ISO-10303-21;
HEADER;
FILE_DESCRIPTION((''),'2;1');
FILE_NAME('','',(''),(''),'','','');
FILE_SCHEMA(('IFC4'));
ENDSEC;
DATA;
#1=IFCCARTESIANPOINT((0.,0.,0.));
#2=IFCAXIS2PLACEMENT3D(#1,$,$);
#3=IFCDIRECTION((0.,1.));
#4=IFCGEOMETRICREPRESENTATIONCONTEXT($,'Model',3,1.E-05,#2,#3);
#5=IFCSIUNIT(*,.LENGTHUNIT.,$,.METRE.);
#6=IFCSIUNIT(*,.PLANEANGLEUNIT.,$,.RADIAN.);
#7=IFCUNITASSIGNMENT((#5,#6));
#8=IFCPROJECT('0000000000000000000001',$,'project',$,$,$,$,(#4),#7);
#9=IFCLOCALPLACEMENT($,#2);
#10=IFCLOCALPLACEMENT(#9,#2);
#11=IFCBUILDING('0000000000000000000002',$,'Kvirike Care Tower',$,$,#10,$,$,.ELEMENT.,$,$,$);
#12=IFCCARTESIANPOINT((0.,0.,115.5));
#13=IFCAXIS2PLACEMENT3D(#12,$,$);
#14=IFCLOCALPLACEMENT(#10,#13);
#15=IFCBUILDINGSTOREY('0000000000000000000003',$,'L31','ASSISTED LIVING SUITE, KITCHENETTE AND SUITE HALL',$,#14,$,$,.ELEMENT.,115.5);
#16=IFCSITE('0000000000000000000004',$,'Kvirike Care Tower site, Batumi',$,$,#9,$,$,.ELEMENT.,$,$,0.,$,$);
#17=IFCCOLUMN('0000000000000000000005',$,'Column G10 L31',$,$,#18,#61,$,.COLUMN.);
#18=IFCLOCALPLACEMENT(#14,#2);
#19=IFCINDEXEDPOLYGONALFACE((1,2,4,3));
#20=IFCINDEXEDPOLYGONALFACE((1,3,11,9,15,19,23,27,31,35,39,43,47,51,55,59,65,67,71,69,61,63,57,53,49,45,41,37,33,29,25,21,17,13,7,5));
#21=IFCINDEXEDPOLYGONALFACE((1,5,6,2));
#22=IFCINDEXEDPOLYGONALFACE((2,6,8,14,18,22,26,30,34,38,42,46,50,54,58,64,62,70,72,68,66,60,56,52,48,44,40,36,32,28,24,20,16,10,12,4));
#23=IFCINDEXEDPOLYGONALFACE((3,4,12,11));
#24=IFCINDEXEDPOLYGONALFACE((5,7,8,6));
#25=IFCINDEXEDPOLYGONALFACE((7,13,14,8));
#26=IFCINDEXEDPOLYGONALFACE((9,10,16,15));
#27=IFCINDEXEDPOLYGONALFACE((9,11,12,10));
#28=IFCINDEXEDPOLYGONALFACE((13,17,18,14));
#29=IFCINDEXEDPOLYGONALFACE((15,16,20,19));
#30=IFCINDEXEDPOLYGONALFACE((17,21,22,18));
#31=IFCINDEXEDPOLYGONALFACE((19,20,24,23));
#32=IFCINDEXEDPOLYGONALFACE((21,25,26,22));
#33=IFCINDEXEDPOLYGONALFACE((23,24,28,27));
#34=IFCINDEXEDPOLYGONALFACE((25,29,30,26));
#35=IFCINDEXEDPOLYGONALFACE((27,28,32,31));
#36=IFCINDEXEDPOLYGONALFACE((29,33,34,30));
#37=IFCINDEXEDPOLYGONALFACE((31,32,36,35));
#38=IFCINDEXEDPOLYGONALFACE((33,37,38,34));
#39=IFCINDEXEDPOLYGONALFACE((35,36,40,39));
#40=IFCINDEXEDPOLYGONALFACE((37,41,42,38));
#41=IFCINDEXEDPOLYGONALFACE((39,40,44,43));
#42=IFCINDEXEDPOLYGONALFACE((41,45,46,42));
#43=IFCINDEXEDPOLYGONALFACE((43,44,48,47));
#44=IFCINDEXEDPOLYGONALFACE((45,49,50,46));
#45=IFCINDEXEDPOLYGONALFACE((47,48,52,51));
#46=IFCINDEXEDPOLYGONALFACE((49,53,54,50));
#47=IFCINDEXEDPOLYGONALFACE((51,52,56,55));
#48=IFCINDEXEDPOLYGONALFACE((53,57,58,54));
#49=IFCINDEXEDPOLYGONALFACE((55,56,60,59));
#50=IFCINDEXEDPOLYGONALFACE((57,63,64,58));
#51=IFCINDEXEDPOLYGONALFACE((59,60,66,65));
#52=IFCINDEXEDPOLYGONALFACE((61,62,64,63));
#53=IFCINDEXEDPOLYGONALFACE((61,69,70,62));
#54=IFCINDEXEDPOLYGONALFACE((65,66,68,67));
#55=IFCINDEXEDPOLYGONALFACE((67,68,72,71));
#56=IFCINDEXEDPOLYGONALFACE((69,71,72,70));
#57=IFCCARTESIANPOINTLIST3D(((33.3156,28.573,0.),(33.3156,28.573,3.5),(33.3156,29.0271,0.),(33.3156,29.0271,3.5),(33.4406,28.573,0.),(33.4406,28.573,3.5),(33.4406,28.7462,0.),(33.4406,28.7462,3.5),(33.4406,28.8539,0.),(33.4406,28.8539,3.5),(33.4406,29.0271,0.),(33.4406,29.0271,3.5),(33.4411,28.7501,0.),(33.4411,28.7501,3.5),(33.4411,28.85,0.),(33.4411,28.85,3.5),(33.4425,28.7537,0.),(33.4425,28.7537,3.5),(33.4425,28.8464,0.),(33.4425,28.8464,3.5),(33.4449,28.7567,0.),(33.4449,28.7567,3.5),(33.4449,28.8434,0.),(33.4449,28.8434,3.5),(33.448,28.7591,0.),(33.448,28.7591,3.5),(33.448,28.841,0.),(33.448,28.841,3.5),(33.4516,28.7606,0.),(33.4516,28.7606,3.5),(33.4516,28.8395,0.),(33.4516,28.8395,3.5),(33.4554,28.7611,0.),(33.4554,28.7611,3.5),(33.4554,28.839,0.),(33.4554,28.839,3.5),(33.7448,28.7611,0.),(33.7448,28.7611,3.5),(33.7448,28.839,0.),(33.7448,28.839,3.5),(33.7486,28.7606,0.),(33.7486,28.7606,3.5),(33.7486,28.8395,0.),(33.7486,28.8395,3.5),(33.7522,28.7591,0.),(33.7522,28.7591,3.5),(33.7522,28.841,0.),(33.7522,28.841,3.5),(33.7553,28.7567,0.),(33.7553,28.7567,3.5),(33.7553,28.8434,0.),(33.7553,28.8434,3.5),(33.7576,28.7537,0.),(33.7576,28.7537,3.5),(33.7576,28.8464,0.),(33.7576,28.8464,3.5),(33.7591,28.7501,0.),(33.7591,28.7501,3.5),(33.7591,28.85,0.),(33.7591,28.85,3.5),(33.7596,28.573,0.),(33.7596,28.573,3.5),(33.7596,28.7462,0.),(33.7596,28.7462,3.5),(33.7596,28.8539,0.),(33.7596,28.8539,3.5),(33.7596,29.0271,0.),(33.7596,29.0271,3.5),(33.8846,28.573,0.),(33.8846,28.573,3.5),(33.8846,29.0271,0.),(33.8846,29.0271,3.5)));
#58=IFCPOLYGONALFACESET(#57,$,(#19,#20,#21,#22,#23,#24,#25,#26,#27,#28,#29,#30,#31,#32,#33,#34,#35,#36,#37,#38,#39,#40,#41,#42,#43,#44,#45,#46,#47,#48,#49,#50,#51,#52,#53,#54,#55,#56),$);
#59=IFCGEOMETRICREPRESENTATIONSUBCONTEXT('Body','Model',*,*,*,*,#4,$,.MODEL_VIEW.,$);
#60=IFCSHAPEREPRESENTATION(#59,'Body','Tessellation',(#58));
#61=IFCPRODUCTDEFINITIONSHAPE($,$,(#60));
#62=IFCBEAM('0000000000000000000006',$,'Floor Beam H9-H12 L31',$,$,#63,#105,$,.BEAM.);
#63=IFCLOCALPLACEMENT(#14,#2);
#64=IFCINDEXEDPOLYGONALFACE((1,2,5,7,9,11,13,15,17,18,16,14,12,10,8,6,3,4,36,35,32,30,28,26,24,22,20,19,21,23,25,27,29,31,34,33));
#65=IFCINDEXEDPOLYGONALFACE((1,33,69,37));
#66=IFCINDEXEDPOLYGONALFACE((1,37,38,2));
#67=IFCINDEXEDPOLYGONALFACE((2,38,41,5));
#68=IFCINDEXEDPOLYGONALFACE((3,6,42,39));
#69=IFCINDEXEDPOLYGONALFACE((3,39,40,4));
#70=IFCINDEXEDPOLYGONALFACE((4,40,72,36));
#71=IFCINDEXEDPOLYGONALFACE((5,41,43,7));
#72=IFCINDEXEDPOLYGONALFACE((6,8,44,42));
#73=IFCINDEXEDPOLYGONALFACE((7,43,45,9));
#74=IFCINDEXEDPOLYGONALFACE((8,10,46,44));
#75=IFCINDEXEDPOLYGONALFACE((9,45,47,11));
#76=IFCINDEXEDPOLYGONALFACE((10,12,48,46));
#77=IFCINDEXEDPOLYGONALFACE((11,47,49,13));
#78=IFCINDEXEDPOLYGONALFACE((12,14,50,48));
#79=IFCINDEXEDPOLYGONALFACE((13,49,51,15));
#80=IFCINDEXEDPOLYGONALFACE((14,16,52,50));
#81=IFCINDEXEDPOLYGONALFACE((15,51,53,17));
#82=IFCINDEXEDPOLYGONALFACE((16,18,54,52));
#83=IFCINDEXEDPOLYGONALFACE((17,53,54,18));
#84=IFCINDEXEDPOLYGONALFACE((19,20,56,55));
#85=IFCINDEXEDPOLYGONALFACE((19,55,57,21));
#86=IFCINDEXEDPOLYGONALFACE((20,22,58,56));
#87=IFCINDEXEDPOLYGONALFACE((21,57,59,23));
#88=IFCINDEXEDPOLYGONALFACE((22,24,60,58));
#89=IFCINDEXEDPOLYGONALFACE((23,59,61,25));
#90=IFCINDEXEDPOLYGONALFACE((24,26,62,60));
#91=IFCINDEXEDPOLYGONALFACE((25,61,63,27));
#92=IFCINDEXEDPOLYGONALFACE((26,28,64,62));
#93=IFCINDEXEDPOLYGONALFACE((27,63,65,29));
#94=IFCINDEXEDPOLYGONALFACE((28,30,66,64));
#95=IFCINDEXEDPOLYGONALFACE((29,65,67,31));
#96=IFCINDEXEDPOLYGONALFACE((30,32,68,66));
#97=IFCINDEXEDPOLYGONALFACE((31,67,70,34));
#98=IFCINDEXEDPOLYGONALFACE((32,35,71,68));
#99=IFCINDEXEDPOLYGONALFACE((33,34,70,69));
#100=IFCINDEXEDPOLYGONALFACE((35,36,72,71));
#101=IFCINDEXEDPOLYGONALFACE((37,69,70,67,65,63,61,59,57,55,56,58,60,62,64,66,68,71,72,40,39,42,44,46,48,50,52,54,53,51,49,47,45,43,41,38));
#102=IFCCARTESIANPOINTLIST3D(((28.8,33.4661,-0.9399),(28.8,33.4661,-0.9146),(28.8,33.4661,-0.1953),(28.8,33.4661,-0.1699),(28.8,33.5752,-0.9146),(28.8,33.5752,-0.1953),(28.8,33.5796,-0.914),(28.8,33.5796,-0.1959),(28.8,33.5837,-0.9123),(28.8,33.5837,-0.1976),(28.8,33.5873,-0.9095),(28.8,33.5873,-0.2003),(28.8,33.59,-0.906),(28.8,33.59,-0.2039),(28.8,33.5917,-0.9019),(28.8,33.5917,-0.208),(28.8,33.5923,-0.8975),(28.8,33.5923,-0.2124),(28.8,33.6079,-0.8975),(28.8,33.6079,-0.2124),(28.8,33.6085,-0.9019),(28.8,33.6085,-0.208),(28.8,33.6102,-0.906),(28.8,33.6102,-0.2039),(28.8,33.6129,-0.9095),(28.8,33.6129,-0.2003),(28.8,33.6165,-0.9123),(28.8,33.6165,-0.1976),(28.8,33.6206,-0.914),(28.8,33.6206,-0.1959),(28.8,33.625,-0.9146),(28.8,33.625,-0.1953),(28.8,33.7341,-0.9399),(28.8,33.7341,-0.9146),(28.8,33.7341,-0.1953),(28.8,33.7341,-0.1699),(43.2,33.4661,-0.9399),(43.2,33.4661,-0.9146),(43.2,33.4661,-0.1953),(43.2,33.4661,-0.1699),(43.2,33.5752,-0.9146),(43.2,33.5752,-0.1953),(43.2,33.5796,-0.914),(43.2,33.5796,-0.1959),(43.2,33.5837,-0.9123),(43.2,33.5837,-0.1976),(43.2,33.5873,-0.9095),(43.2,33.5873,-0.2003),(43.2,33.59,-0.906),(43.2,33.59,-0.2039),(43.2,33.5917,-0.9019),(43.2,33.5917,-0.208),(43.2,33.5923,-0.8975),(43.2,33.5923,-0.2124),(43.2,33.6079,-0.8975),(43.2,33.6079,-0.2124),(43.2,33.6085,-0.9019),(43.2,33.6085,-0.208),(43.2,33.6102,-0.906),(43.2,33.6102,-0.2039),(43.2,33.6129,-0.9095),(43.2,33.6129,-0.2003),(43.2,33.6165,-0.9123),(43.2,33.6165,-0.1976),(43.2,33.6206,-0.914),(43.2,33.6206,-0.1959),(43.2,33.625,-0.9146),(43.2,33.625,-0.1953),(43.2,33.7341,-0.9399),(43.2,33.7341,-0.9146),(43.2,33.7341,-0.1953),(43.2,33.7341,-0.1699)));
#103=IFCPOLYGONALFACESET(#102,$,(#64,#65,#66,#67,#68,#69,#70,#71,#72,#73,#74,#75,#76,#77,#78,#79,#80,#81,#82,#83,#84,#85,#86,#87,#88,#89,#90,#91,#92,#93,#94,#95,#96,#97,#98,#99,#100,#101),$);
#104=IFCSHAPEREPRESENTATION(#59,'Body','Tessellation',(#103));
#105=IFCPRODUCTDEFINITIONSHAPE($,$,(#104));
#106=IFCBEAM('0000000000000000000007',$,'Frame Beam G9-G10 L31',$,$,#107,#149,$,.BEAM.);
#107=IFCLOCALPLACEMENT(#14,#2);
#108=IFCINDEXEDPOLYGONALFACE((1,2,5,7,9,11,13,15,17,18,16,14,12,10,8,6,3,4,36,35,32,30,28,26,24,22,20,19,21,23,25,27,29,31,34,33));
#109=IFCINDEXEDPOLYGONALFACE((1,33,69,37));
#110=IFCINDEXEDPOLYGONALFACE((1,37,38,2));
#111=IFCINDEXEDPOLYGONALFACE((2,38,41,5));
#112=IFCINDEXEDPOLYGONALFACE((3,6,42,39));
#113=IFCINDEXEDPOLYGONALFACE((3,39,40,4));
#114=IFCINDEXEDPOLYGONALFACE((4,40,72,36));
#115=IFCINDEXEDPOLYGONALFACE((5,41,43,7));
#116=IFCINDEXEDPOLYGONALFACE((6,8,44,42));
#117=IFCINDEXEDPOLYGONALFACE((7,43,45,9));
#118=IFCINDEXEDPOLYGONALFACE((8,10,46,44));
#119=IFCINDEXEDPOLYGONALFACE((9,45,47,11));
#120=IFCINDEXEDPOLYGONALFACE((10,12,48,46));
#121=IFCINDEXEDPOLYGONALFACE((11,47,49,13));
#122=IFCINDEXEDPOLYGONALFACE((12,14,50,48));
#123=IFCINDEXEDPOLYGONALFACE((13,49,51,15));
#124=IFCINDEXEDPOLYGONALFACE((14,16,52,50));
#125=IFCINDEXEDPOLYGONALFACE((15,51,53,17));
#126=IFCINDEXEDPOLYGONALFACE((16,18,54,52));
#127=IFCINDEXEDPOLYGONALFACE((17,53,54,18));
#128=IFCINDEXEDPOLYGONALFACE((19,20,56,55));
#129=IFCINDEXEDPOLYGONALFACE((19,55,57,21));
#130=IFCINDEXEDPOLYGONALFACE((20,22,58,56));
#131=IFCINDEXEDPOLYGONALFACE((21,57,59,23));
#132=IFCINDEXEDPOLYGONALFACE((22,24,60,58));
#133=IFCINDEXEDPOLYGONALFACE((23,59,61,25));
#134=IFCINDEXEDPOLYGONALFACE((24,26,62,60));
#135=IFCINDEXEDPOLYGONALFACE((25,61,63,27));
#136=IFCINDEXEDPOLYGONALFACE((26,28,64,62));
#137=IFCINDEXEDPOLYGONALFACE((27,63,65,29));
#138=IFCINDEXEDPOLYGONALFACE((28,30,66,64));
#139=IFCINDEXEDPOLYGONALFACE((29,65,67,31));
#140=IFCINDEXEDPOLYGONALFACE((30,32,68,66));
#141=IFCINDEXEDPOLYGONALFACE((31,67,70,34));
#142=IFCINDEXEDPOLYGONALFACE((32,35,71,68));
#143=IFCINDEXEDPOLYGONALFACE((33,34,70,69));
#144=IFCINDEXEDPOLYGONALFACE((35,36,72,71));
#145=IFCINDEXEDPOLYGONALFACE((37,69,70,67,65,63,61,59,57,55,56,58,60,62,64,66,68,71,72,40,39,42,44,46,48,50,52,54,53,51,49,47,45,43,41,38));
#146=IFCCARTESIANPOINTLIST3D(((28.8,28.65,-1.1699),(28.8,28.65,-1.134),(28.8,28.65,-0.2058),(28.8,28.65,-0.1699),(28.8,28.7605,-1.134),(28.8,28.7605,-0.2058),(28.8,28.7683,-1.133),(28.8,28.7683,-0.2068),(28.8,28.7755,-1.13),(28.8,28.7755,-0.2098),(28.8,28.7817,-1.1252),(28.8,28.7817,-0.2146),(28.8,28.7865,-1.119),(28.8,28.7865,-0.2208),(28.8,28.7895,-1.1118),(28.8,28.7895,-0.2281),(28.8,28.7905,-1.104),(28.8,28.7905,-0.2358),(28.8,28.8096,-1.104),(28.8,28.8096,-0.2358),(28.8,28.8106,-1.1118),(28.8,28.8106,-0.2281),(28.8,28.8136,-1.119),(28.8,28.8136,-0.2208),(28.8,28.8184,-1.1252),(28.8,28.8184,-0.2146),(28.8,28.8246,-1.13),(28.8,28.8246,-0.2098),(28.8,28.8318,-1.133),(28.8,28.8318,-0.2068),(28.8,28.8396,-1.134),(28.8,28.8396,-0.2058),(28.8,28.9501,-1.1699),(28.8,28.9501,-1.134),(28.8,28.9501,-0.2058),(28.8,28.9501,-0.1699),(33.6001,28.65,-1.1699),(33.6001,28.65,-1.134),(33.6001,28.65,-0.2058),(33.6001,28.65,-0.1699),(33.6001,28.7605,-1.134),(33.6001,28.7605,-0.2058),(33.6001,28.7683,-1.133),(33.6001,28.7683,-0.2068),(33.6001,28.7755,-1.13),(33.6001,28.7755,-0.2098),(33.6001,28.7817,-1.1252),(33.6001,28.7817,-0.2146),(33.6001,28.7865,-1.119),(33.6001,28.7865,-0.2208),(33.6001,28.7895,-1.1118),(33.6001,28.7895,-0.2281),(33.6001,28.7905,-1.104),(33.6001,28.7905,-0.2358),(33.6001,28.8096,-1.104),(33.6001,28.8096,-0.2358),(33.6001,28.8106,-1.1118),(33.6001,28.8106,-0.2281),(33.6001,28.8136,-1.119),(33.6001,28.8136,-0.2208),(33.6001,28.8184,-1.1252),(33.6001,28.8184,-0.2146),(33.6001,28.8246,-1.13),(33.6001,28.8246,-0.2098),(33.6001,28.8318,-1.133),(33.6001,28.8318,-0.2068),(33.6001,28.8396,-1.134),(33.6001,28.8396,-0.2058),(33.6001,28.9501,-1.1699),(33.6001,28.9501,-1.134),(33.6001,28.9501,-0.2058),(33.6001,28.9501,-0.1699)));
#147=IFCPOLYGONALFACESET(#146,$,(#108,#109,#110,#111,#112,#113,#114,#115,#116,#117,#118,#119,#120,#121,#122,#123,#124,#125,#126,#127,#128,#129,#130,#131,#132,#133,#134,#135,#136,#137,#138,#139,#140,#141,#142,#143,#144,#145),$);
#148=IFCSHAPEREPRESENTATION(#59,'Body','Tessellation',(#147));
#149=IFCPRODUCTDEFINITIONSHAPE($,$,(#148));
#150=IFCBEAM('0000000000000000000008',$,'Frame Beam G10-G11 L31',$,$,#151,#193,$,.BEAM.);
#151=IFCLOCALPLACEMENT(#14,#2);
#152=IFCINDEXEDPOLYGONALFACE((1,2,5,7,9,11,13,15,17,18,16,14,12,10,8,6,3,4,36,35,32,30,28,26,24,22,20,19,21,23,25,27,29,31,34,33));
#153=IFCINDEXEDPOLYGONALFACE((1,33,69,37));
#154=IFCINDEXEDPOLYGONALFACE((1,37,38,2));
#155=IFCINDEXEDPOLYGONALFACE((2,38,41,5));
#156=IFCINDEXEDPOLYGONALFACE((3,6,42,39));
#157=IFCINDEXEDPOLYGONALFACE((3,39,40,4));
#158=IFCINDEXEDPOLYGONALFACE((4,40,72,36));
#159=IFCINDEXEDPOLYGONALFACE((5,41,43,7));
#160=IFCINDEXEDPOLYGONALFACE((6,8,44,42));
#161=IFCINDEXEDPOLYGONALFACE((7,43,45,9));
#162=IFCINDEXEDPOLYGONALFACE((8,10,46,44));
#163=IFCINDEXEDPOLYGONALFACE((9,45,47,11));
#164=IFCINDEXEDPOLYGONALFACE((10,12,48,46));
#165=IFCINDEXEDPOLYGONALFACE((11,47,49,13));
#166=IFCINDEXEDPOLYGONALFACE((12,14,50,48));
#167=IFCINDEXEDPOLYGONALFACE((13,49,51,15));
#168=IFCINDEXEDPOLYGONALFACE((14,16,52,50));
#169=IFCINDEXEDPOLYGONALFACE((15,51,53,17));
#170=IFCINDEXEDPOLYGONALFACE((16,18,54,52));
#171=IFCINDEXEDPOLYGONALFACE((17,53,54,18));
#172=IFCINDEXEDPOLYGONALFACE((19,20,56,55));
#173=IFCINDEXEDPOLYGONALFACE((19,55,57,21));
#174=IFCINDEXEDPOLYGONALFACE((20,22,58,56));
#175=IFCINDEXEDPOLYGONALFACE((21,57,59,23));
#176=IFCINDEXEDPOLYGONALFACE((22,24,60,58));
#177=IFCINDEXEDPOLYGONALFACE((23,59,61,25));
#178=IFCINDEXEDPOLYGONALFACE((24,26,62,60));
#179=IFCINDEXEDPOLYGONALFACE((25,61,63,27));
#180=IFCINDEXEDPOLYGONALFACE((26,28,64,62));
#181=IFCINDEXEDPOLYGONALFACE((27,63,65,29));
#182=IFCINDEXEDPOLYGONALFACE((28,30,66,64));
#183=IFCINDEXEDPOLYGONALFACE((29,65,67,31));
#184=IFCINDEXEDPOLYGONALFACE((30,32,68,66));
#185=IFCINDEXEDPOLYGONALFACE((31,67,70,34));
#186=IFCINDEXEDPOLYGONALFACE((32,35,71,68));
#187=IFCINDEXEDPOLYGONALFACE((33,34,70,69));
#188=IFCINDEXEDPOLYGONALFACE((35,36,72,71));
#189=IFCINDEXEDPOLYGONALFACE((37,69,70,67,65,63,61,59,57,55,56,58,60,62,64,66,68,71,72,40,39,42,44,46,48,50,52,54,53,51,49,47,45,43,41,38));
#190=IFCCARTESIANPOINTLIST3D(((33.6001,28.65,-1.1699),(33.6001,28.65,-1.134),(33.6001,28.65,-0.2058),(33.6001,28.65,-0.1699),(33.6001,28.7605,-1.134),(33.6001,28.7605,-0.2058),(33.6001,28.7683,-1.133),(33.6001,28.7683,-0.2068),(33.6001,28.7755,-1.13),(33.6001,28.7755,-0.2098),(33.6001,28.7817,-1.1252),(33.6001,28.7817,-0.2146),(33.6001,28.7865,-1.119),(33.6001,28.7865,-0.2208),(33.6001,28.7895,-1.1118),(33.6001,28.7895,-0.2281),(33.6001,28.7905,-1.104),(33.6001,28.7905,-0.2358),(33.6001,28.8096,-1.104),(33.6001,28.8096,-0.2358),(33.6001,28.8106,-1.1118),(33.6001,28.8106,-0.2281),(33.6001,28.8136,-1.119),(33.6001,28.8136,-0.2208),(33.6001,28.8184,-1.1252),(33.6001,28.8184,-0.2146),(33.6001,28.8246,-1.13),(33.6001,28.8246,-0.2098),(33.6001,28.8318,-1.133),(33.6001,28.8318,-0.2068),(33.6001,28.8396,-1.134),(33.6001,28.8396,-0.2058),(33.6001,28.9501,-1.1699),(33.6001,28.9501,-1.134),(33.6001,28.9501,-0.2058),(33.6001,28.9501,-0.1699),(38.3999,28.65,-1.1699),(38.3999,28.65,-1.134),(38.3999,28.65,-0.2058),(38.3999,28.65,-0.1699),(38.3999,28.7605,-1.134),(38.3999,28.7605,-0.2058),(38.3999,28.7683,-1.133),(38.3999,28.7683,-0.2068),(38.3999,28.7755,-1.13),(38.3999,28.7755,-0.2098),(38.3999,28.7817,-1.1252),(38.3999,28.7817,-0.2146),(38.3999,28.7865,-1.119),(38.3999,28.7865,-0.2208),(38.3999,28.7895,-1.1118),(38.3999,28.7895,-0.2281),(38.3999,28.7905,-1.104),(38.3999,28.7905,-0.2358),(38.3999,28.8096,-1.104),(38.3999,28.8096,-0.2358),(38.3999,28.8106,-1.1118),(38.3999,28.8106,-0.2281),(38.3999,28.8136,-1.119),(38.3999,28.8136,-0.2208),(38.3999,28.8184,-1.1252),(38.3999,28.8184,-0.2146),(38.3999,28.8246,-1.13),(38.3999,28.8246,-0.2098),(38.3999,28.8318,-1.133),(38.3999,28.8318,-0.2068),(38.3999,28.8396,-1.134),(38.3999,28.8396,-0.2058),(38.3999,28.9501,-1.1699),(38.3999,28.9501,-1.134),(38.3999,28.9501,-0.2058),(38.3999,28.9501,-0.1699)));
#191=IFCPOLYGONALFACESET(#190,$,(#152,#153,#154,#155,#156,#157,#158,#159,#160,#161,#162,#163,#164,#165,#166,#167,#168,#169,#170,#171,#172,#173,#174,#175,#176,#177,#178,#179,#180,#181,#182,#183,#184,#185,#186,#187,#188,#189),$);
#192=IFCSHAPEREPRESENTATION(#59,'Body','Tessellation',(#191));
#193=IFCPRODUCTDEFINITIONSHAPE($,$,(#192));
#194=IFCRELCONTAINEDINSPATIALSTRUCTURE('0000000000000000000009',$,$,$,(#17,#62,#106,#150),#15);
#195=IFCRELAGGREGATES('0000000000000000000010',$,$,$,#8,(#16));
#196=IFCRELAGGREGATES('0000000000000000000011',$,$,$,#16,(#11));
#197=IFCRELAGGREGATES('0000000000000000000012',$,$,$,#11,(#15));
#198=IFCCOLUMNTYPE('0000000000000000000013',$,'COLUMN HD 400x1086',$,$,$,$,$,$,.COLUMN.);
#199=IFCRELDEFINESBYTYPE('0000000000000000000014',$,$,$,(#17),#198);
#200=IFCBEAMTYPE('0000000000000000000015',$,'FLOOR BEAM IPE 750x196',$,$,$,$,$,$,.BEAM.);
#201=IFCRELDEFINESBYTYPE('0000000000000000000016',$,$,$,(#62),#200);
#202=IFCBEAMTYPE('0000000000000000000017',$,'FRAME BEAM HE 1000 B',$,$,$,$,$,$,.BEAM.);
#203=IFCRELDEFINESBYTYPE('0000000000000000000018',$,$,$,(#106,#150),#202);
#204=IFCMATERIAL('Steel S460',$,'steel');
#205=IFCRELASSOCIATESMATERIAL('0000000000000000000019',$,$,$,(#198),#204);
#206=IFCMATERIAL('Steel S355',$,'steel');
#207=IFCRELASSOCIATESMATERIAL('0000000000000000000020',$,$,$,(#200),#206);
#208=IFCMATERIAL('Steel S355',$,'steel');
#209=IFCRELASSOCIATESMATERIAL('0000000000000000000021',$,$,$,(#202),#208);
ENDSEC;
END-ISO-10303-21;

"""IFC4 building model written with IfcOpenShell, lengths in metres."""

from ifc_helpers import new_model, si_unit, direction, frame, origin, origin_2d, place, context, subcontext, project, spatial, i_section, extrude, material, material_profile, profile_set, type_object, element, save


model = new_model("IFC4")

# Units and contexts
model_context = context("Model", 3, precision=1e-05, world=origin(), true_north=direction((0.0, 1.0)))
body_context = subcontext(model_context, "Body", "Model", "MODEL_VIEW")
ifc_project = project(units=[si_unit("LENGTHUNIT", "METRE"), si_unit("PLANEANGLEUNIT", "RADIAN")], contexts=[model_context])

# Site, building, storey
site_placement = place(None, origin())
site = spatial("IfcSite", under=ifc_project, at=site_placement, Name="Kvirike Care Tower site, Batumi", CompositionType="ELEMENT", RefElevation=0.0)
building_placement = place(site_placement, origin())
building = spatial("IfcBuilding", under=site, at=building_placement, Name="Kvirike Care Tower", CompositionType="ELEMENT")
storey_placement = place(building_placement, frame((0.0, 0.0, 115.5)))
storey = spatial("IfcBuildingStorey", under=building, at=storey_placement, Name="L31", Description="ASSISTED LIVING SUITE, KITCHENETTE AND SUITE HALL", CompositionType="ELEMENT", Elevation=115.5)

# Column
ifc_material_1 = material(Name="Steel S460", Category="steel")
ifc_material_profile_1 = material_profile(ifc_material_1, i_section(OverallWidth=0.4541, OverallDepth=0.5691, WebThickness=0.0779, FlangeThickness=0.125, FilletRadius=0.0149, at=origin_2d()), Name="HD 400x1086")
ifc_profile_set_1 = profile_set([ifc_material_profile_1], Name="Steel S460")
column_type = type_object("IfcColumnType", Name="COLUMN HD 400x1086", PredefinedType="COLUMN", material=ifc_profile_set_1)
column_placement = place(storey_placement, frame((33.6001, 28.8, 0.0), z_axis=(0.0, 0.0, 1.0), x_axis=(0.0, 1.0, 0.0)))
element("IfcColumn", 1, at=column_placement, inside=storey, type_object=column_type, Name="Column G10 L31", PredefinedType="COLUMN", context=body_context, shape_type="SweptSolid", body=[
    extrude(i_section(OverallWidth=0.4541, OverallDepth=0.5691, WebThickness=0.0779, FlangeThickness=0.125, FilletRadius=0.0149, at=origin_2d()), origin(), (0.0, 0.0, 1.0), 3.5),
])

# Beams
ifc_material_2 = material(Name="Steel S355", Category="steel")
ifc_material_profile_2 = material_profile(ifc_material_2, i_section(OverallWidth=0.2681, OverallDepth=0.77, WebThickness=0.0156, FlangeThickness=0.0254, FilletRadius=0.0171, at=origin_2d()), Name="IPE 750x196")
ifc_profile_set_2 = profile_set([ifc_material_profile_2], Name="Steel S355")
beam_type_1 = type_object("IfcBeamType", Name="FLOOR BEAM IPE 750x196", PredefinedType="BEAM", material=ifc_profile_set_2)
beam_1_placement = place(storey_placement, frame((28.8, 33.6001, -0.5549), z_axis=(1.0, 0.0, 0.0), x_axis=(0.0, 1.0, 0.0)))
element("IfcBeam", 2, at=beam_1_placement, inside=storey, type_object=beam_type_1, Name="Floor Beam H9-H12 L31", PredefinedType="BEAM", context=body_context, shape_type="SweptSolid", body=[
    extrude(i_section(OverallWidth=0.2681, OverallDepth=0.77, WebThickness=0.0156, FlangeThickness=0.0254, FilletRadius=0.0171, at=origin_2d()), origin(), (0.0, 0.0, 1.0), 14.3999),
])
ifc_material_3 = material(Name="Steel S355", Category="steel")
ifc_material_profile_3 = material_profile(ifc_material_3, i_section(OverallWidth=0.3, OverallDepth=1.0, WebThickness=0.019, FlangeThickness=0.0359, FilletRadius=0.03, at=origin_2d()), Name="HE 1000 B")
ifc_profile_set_3 = profile_set([ifc_material_profile_3], Name="Steel S355")
beam_type_2 = type_object("IfcBeamType", Name="FRAME BEAM HE 1000 B", PredefinedType="BEAM", material=ifc_profile_set_3)
beam_2_placement = place(storey_placement, frame((28.8, 28.8, -0.6699), z_axis=(1.0, 0.0, 0.0), x_axis=(0.0, 1.0, 0.0)))
element("IfcBeam", 3, at=beam_2_placement, inside=storey, type_object=beam_type_2, Name="Frame Beam G9-G10 L31", PredefinedType="BEAM", context=body_context, shape_type="SweptSolid", body=[
    extrude(i_section(OverallWidth=0.3, OverallDepth=1.0, WebThickness=0.019, FlangeThickness=0.0359, FilletRadius=0.03, at=origin_2d()), origin(), (0.0, 0.0, 1.0), 4.8),
])
beam_3_placement = place(storey_placement, frame((33.6001, 28.8, -0.6699), z_axis=(1.0, 0.0, 0.0), x_axis=(0.0, 1.0, 0.0)))
element("IfcBeam", 4, at=beam_3_placement, inside=storey, type_object=beam_type_2, Name="Frame Beam G10-G11 L31", PredefinedType="BEAM", context=body_context, shape_type="SweptSolid", body=[
    extrude(i_section(OverallWidth=0.3, OverallDepth=1.0, WebThickness=0.019, FlangeThickness=0.0359, FilletRadius=0.03, at=origin_2d()), origin(), (0.0, 0.0, 1.0), 4.7998),
])

save(model, "model.ifc")
